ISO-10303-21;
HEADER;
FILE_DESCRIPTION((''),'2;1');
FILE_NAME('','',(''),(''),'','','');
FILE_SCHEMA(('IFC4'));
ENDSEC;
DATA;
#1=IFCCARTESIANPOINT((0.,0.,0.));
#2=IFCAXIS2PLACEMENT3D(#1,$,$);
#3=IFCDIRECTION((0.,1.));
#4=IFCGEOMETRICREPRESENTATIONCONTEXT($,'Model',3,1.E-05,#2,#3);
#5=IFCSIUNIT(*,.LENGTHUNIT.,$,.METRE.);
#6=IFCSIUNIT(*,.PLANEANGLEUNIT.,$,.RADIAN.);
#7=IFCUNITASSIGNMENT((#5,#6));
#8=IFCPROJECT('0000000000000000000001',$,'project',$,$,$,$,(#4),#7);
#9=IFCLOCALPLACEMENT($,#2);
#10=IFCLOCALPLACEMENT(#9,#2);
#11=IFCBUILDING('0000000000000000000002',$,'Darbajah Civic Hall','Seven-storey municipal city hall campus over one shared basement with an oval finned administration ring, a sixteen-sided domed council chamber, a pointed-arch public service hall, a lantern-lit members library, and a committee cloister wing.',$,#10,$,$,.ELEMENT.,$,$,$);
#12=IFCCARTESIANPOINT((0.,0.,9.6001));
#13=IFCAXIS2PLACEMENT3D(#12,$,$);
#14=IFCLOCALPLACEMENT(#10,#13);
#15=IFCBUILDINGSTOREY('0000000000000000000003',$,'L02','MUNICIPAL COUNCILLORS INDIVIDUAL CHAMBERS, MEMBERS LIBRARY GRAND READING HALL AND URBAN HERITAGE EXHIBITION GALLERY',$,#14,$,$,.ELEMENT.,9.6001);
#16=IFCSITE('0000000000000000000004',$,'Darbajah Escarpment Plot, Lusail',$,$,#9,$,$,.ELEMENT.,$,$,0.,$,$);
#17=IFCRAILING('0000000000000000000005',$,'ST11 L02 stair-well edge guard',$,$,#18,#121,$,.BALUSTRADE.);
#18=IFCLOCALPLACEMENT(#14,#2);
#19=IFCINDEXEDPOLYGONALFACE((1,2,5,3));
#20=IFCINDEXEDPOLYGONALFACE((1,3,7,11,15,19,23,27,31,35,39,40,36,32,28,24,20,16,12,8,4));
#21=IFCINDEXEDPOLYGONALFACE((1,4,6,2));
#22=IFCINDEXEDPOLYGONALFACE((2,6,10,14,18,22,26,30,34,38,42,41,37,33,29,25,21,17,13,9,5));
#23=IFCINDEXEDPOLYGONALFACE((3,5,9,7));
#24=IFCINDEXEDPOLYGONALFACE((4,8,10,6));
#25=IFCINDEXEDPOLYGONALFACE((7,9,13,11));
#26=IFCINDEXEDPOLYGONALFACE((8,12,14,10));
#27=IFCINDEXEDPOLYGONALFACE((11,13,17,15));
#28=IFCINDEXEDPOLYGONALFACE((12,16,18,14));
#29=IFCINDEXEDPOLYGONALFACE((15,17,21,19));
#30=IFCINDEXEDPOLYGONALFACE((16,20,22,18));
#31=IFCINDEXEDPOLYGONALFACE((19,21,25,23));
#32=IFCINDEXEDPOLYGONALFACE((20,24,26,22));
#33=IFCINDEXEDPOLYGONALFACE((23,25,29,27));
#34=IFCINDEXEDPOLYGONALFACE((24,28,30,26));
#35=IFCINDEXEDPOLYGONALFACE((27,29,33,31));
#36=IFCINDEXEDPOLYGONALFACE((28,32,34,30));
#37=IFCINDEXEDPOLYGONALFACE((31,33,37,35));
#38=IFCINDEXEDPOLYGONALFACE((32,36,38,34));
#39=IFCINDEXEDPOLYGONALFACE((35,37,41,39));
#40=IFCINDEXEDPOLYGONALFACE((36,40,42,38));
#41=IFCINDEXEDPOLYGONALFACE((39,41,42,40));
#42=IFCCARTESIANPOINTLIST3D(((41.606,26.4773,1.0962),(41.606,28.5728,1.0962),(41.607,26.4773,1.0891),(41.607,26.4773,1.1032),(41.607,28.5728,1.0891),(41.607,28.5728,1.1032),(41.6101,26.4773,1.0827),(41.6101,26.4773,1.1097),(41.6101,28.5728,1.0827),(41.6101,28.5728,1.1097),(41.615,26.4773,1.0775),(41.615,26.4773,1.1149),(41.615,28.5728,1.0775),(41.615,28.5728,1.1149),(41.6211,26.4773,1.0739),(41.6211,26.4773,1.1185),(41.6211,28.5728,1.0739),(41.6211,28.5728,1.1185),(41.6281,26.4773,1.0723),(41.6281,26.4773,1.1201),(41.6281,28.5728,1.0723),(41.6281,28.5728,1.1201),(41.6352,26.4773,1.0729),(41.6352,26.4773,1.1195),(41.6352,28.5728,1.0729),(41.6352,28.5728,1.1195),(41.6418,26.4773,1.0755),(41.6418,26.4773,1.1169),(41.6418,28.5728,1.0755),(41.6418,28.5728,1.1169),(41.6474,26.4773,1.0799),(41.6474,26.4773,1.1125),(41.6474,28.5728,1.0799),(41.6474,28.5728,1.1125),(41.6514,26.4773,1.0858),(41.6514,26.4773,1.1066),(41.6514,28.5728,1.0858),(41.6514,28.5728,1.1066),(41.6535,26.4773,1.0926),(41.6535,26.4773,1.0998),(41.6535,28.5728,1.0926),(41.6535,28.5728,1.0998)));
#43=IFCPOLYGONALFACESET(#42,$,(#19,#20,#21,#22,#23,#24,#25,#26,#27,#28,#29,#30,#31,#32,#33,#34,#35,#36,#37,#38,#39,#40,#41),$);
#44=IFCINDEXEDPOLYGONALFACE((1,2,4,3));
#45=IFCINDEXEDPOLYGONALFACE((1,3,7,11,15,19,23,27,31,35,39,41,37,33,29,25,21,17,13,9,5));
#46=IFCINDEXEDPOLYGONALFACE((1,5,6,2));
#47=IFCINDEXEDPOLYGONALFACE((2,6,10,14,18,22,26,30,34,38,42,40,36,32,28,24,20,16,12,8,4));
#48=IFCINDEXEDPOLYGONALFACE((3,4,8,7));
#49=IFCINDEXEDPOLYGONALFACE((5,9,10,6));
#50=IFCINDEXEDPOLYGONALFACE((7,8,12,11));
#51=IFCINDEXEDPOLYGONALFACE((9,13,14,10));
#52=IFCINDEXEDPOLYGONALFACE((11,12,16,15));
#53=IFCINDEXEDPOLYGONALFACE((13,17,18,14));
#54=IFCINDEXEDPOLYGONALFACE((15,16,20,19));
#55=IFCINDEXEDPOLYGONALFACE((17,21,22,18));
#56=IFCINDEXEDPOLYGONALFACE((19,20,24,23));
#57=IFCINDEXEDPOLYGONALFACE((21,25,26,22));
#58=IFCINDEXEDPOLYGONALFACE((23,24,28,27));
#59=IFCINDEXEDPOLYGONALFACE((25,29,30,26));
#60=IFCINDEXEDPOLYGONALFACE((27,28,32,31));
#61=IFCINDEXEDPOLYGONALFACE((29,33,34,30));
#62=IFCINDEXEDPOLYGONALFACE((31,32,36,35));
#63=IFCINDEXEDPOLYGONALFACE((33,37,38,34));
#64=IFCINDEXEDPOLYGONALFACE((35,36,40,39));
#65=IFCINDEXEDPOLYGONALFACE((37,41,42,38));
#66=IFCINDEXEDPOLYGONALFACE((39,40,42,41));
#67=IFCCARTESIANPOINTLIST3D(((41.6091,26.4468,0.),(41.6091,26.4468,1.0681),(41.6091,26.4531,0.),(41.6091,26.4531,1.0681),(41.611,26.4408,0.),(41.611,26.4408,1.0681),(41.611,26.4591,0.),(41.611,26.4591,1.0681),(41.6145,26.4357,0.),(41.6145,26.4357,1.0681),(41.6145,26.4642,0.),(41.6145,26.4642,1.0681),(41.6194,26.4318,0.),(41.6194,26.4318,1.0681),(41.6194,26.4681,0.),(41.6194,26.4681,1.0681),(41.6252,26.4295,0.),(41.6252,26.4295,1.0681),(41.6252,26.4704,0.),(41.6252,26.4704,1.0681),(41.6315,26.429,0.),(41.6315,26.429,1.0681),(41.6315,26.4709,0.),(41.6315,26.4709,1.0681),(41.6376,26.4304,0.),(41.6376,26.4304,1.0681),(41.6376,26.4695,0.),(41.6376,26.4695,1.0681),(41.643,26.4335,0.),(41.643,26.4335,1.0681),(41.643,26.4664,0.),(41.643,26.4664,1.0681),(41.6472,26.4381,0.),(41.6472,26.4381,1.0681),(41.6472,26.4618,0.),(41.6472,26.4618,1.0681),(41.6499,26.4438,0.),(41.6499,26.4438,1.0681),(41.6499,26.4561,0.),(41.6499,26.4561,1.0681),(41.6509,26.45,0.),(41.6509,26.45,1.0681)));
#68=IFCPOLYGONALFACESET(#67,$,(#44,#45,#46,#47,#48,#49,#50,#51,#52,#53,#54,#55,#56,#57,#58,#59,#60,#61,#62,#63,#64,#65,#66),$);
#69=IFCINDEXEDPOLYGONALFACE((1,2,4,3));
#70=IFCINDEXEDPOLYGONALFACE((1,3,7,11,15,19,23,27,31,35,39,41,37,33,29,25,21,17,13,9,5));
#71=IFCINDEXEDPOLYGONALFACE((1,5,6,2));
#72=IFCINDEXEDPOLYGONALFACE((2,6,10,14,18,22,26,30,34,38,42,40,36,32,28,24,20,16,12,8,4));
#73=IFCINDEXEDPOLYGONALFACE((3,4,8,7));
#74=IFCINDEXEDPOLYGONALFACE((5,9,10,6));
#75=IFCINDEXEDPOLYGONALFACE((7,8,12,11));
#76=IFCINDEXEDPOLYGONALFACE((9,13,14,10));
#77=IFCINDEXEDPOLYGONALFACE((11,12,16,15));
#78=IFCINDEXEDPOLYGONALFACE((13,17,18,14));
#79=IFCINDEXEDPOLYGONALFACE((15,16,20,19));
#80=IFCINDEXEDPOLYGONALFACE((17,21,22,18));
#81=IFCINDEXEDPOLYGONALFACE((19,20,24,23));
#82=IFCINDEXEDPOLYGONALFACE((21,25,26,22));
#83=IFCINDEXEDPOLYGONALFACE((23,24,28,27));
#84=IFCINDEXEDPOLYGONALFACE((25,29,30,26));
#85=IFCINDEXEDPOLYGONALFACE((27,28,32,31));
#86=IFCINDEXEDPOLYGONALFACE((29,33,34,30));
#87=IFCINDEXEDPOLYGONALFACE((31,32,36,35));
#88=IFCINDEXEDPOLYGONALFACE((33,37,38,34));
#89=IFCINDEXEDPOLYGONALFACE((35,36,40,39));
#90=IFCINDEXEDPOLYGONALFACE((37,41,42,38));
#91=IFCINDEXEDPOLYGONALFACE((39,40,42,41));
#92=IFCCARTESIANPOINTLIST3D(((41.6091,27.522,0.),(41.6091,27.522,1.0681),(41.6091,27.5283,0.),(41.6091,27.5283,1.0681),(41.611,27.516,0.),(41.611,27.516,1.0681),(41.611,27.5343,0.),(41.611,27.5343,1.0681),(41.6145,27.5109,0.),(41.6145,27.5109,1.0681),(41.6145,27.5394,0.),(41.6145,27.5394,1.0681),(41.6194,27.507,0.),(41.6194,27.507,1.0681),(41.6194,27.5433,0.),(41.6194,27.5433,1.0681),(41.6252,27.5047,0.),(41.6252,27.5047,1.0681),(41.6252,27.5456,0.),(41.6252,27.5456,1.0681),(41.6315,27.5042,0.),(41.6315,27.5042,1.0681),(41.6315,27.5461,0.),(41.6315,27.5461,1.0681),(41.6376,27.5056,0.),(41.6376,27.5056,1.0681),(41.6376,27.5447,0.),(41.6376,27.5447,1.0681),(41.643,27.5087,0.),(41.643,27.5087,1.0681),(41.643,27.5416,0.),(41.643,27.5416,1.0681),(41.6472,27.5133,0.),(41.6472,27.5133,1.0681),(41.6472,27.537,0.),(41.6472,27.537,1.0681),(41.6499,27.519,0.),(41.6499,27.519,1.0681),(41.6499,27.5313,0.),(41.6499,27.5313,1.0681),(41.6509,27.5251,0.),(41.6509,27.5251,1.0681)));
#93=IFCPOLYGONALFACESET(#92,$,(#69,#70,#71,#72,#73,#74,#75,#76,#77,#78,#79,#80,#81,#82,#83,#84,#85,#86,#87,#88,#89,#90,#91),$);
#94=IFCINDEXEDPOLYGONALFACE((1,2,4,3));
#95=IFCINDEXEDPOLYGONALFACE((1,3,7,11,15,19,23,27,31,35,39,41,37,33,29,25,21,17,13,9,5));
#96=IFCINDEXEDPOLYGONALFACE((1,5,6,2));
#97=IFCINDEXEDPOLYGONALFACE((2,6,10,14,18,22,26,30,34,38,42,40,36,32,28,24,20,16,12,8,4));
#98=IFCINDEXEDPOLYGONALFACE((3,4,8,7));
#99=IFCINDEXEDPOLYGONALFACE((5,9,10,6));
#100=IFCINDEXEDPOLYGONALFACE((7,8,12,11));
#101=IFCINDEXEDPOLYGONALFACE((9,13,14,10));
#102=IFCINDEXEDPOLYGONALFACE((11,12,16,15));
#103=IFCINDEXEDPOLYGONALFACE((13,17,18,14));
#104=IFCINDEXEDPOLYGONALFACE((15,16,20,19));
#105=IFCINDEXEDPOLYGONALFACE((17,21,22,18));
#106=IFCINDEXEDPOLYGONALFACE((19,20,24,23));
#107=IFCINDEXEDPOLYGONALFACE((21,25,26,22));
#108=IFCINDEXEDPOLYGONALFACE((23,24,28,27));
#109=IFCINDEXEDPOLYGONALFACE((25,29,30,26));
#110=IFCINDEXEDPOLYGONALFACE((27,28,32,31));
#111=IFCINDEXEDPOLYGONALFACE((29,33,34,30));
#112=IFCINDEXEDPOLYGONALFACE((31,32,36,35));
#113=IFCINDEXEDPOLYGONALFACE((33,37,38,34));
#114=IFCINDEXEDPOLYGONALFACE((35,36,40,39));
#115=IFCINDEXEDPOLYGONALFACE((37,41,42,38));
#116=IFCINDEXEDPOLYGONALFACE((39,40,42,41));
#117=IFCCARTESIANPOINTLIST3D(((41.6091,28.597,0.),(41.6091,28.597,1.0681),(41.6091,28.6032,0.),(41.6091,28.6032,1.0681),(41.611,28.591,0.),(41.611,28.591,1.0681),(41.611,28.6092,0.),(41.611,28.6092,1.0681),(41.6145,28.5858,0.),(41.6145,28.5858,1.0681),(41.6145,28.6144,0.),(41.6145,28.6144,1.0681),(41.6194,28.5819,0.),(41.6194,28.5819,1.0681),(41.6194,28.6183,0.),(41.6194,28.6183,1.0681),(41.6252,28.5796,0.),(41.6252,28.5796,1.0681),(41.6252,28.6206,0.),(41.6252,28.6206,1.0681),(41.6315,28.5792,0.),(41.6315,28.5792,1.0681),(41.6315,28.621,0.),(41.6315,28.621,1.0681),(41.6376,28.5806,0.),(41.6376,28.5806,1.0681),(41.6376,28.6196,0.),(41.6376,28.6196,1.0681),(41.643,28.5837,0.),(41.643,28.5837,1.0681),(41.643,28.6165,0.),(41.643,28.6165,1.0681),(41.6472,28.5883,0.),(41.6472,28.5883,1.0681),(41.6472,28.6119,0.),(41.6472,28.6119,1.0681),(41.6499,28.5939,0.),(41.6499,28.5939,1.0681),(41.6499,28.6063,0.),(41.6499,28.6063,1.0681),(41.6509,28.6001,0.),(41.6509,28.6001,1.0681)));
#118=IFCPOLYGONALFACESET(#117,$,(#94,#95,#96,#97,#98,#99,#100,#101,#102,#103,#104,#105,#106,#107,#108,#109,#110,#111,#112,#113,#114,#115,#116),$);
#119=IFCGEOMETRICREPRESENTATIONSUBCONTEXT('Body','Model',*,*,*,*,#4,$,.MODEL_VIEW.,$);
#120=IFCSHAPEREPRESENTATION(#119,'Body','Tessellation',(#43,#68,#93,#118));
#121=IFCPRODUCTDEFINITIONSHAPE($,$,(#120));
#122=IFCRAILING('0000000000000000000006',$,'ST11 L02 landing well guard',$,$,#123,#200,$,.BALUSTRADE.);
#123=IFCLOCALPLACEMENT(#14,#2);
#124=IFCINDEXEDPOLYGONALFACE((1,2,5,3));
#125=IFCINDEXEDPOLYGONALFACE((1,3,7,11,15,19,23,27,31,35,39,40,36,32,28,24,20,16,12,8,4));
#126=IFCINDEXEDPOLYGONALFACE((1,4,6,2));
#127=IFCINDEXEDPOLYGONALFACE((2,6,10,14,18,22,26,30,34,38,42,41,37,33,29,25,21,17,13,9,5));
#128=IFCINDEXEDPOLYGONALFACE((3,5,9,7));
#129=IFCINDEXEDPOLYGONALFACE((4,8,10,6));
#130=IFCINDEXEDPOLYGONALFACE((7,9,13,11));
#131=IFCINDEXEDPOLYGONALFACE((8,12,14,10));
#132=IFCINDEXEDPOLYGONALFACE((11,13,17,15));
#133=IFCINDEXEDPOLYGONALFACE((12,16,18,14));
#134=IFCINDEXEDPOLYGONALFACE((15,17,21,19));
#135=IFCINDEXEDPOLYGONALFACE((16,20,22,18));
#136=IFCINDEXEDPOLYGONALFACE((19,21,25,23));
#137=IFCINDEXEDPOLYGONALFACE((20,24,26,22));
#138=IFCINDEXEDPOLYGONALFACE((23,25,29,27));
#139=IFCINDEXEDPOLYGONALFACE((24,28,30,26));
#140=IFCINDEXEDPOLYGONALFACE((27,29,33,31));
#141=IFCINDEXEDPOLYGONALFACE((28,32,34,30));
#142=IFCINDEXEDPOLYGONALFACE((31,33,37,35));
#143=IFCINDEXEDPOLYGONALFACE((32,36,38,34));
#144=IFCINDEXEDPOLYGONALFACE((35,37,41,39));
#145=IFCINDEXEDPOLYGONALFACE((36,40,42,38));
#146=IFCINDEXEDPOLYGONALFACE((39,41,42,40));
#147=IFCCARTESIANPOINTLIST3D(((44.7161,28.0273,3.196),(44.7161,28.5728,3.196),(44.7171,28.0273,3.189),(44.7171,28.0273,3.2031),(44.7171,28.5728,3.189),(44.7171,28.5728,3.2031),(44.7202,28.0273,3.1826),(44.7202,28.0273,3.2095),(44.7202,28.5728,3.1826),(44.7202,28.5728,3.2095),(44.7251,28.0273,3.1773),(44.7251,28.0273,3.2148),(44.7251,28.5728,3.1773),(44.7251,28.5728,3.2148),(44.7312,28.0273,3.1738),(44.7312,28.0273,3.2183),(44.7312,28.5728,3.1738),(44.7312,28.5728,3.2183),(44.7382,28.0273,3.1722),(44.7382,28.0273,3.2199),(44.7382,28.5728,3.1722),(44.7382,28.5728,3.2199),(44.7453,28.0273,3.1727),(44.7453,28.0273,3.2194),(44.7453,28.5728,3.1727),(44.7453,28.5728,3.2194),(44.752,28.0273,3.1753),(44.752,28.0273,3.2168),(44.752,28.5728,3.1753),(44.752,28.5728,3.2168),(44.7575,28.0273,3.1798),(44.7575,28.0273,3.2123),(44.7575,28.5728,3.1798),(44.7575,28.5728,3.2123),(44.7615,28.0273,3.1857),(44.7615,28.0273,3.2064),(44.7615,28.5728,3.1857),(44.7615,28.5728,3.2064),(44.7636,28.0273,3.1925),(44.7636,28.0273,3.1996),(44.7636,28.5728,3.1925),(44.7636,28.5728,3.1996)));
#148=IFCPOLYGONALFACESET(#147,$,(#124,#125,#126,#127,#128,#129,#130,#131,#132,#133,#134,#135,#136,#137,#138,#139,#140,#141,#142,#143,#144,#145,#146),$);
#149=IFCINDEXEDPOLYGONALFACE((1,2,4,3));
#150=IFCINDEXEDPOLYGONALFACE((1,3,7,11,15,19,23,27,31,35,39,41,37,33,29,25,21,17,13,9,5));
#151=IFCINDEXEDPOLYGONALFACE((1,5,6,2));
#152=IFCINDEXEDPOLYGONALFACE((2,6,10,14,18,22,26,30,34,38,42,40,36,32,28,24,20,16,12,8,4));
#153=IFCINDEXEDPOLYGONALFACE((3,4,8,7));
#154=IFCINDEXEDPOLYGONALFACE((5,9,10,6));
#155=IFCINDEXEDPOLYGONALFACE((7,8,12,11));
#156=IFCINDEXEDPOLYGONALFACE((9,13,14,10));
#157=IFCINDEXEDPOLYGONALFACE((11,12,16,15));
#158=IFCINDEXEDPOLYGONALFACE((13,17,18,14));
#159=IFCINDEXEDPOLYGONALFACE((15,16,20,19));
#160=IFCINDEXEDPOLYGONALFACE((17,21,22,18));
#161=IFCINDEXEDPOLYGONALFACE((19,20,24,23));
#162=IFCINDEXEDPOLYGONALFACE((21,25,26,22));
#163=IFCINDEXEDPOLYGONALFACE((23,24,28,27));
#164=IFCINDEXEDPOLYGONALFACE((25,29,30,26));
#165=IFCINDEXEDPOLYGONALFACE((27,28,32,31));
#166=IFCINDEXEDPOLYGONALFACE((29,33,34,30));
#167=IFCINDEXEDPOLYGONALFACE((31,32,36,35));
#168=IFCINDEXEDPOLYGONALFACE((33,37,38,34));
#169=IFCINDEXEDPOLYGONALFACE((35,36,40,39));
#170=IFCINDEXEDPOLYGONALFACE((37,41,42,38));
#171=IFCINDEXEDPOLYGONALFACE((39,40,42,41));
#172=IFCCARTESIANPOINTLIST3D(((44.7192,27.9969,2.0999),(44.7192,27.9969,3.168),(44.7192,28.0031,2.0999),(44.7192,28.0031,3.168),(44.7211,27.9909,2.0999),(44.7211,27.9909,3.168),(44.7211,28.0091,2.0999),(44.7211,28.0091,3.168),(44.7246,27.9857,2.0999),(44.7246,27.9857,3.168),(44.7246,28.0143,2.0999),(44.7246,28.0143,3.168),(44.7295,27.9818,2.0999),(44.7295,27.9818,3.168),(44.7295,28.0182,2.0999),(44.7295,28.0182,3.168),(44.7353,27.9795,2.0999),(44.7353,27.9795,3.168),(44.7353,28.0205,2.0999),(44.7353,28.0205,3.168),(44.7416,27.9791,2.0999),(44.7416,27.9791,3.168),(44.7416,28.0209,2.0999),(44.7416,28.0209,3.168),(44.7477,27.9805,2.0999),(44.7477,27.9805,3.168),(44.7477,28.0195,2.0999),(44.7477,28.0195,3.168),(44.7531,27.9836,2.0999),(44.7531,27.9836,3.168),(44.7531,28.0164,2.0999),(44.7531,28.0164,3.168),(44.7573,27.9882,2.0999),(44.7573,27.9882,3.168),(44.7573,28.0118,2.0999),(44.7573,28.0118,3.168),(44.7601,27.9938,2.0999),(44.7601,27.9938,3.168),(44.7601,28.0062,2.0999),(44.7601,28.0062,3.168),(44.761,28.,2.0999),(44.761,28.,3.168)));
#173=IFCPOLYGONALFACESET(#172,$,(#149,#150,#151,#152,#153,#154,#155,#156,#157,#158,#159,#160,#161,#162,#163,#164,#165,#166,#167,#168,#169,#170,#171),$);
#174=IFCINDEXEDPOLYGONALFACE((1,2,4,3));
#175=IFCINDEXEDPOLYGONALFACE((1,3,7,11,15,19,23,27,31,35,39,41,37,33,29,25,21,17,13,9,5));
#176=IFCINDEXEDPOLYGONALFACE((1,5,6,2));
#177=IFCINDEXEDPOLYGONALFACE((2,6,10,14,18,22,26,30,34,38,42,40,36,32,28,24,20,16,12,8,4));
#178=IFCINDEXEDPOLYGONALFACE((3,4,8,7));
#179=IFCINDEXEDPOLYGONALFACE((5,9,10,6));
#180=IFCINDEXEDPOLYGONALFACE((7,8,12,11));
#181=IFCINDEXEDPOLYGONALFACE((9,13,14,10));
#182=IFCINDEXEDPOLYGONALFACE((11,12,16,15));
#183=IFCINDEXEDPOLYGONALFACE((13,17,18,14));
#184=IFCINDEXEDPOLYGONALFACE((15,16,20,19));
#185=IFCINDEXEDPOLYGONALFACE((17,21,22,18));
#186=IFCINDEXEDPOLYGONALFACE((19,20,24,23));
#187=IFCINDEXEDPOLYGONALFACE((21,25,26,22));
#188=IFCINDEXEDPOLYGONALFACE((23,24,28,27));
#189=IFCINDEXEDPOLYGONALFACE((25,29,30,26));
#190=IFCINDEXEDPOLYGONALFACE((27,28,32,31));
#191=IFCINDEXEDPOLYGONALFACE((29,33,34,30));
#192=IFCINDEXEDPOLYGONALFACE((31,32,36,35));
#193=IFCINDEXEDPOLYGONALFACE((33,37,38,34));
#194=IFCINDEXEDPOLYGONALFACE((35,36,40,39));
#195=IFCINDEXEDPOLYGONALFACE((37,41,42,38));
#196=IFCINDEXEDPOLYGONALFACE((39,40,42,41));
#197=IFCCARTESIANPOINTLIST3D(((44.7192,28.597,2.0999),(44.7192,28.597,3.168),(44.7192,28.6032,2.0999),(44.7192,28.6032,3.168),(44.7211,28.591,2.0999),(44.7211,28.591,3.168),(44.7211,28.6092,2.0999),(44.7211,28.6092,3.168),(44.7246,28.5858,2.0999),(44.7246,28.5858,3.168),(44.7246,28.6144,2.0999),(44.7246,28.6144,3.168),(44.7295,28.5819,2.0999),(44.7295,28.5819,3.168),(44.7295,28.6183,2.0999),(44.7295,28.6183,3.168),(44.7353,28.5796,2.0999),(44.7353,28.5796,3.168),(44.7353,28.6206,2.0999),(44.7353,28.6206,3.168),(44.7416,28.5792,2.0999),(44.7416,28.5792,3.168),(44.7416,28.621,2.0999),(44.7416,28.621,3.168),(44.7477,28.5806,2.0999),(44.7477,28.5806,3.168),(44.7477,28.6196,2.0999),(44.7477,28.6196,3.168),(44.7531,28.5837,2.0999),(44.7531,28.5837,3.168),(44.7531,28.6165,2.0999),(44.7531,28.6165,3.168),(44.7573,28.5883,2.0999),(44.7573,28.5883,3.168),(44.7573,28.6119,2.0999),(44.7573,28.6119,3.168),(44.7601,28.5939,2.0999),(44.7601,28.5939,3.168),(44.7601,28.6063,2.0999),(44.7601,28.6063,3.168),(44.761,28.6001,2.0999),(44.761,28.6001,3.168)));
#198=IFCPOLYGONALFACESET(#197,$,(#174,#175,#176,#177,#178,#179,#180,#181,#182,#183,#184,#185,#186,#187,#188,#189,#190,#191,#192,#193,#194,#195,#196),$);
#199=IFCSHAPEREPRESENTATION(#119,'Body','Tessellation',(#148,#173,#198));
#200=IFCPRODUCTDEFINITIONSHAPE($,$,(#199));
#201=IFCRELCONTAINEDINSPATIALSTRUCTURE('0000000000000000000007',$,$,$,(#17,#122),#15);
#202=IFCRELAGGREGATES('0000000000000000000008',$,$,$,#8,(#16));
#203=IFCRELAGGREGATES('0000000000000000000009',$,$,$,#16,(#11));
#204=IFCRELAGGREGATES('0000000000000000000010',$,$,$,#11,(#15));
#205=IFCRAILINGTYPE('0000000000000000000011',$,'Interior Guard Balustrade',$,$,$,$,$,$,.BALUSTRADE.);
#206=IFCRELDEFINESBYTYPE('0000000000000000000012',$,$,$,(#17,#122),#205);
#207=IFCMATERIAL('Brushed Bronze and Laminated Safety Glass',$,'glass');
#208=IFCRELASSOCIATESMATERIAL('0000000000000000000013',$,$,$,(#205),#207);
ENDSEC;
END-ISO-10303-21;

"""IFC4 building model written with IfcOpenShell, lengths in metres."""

from ifc_helpers import new_model, si_unit, direction, frame, origin, origin_2d, place, context, subcontext, project, spatial, circle, extrude, material, type_object, element, save


model = new_model("IFC4")

# Units and contexts
model_context = context("Model", 3, precision=1e-05, world=origin(), true_north=direction((0.0, 1.0)))
body_context = subcontext(model_context, "Body", "Model", "MODEL_VIEW")
ifc_project = project(units=[si_unit("LENGTHUNIT", "METRE"), si_unit("PLANEANGLEUNIT", "RADIAN")], contexts=[model_context])

# Site, building, storey
site_placement = place(None, origin())
site = spatial("IfcSite", under=ifc_project, at=site_placement, Name="Darbajah Escarpment Plot, Lusail", CompositionType="ELEMENT", RefElevation=0.0)
building_placement = place(site_placement, origin())
building = spatial("IfcBuilding", under=site, at=building_placement, Name="Darbajah Civic Hall", Description="Seven-storey municipal city hall campus over one shared basement with an oval finned administration ring, a sixteen-sided domed council chamber, a pointed-arch public service hall, a lantern-lit members library, and a committee cloister wing.", CompositionType="ELEMENT")
storey_placement = place(building_placement, frame((0.0, 0.0, 9.6001)))
storey = spatial("IfcBuildingStorey", under=building, at=storey_placement, Name="L02", Description="MUNICIPAL COUNCILLORS INDIVIDUAL CHAMBERS, MEMBERS LIBRARY GRAND READING HALL AND URBAN HERITAGE EXHIBITION GALLERY", CompositionType="ELEMENT", Elevation=9.6001)

# Railings
ifc_material_1 = material(Name="Brushed Bronze and Laminated Safety Glass", Category="glass")
railing_type_1 = type_object("IfcRailingType", Name="Interior Guard Balustrade", PredefinedType="BALUSTRADE", material=ifc_material_1)
railing_1_placement = place(storey_placement, frame((41.6299, 26.45, 0.0)))
element("IfcRailing", 1, at=railing_1_placement, inside=storey, type_object=railing_type_1, Name="ST11 L02 stair-well edge guard", PredefinedType="BALUSTRADE", context=body_context, shape_type="SweptSolid", body=[
    extrude(circle(Radius=0.0239, at=origin_2d()), frame((0.0, 0.0273, 1.0962), z_axis=(0.0, 1.0, 0.0), x_axis=(-1.0, 0.0, 0.0)), (0.0, 0.0, 1.0), 2.0955),
    extrude(circle(Radius=0.021, at=origin_2d()), origin(), (0.0, 0.0, 1.0), 1.0681),
    extrude(circle(Radius=0.021, at=origin_2d()), frame((0.0, 1.0752, 0.0)), (0.0, 0.0, 1.0), 1.0681),
    extrude(circle(Radius=0.021, at=origin_2d()), frame((0.0, 2.1501, 0.0)), (0.0, 0.0, 1.0), 1.0681),
])
railing_2_placement = place(storey_placement, frame((44.74, 28.0, 2.0999)))
element("IfcRailing", 2, at=railing_2_placement, inside=storey, type_object=railing_type_1, Name="ST11 L02 landing well guard", PredefinedType="BALUSTRADE", context=body_context, shape_type="SweptSolid", body=[
    extrude(circle(Radius=0.0239, at=origin_2d()), frame((0.0, 0.0273, 1.0962), z_axis=(0.0, 1.0, 0.0), x_axis=(-1.0, 0.0, 0.0)), (0.0, 0.0, 1.0), 0.5454),
    extrude(circle(Radius=0.021, at=origin_2d()), origin(), (0.0, 0.0, 1.0), 1.0681),
    extrude(circle(Radius=0.021, at=origin_2d()), frame((0.0, 0.6001, 0.0)), (0.0, 0.0, 1.0), 1.0681),
])

save(model, "model.ifc")
